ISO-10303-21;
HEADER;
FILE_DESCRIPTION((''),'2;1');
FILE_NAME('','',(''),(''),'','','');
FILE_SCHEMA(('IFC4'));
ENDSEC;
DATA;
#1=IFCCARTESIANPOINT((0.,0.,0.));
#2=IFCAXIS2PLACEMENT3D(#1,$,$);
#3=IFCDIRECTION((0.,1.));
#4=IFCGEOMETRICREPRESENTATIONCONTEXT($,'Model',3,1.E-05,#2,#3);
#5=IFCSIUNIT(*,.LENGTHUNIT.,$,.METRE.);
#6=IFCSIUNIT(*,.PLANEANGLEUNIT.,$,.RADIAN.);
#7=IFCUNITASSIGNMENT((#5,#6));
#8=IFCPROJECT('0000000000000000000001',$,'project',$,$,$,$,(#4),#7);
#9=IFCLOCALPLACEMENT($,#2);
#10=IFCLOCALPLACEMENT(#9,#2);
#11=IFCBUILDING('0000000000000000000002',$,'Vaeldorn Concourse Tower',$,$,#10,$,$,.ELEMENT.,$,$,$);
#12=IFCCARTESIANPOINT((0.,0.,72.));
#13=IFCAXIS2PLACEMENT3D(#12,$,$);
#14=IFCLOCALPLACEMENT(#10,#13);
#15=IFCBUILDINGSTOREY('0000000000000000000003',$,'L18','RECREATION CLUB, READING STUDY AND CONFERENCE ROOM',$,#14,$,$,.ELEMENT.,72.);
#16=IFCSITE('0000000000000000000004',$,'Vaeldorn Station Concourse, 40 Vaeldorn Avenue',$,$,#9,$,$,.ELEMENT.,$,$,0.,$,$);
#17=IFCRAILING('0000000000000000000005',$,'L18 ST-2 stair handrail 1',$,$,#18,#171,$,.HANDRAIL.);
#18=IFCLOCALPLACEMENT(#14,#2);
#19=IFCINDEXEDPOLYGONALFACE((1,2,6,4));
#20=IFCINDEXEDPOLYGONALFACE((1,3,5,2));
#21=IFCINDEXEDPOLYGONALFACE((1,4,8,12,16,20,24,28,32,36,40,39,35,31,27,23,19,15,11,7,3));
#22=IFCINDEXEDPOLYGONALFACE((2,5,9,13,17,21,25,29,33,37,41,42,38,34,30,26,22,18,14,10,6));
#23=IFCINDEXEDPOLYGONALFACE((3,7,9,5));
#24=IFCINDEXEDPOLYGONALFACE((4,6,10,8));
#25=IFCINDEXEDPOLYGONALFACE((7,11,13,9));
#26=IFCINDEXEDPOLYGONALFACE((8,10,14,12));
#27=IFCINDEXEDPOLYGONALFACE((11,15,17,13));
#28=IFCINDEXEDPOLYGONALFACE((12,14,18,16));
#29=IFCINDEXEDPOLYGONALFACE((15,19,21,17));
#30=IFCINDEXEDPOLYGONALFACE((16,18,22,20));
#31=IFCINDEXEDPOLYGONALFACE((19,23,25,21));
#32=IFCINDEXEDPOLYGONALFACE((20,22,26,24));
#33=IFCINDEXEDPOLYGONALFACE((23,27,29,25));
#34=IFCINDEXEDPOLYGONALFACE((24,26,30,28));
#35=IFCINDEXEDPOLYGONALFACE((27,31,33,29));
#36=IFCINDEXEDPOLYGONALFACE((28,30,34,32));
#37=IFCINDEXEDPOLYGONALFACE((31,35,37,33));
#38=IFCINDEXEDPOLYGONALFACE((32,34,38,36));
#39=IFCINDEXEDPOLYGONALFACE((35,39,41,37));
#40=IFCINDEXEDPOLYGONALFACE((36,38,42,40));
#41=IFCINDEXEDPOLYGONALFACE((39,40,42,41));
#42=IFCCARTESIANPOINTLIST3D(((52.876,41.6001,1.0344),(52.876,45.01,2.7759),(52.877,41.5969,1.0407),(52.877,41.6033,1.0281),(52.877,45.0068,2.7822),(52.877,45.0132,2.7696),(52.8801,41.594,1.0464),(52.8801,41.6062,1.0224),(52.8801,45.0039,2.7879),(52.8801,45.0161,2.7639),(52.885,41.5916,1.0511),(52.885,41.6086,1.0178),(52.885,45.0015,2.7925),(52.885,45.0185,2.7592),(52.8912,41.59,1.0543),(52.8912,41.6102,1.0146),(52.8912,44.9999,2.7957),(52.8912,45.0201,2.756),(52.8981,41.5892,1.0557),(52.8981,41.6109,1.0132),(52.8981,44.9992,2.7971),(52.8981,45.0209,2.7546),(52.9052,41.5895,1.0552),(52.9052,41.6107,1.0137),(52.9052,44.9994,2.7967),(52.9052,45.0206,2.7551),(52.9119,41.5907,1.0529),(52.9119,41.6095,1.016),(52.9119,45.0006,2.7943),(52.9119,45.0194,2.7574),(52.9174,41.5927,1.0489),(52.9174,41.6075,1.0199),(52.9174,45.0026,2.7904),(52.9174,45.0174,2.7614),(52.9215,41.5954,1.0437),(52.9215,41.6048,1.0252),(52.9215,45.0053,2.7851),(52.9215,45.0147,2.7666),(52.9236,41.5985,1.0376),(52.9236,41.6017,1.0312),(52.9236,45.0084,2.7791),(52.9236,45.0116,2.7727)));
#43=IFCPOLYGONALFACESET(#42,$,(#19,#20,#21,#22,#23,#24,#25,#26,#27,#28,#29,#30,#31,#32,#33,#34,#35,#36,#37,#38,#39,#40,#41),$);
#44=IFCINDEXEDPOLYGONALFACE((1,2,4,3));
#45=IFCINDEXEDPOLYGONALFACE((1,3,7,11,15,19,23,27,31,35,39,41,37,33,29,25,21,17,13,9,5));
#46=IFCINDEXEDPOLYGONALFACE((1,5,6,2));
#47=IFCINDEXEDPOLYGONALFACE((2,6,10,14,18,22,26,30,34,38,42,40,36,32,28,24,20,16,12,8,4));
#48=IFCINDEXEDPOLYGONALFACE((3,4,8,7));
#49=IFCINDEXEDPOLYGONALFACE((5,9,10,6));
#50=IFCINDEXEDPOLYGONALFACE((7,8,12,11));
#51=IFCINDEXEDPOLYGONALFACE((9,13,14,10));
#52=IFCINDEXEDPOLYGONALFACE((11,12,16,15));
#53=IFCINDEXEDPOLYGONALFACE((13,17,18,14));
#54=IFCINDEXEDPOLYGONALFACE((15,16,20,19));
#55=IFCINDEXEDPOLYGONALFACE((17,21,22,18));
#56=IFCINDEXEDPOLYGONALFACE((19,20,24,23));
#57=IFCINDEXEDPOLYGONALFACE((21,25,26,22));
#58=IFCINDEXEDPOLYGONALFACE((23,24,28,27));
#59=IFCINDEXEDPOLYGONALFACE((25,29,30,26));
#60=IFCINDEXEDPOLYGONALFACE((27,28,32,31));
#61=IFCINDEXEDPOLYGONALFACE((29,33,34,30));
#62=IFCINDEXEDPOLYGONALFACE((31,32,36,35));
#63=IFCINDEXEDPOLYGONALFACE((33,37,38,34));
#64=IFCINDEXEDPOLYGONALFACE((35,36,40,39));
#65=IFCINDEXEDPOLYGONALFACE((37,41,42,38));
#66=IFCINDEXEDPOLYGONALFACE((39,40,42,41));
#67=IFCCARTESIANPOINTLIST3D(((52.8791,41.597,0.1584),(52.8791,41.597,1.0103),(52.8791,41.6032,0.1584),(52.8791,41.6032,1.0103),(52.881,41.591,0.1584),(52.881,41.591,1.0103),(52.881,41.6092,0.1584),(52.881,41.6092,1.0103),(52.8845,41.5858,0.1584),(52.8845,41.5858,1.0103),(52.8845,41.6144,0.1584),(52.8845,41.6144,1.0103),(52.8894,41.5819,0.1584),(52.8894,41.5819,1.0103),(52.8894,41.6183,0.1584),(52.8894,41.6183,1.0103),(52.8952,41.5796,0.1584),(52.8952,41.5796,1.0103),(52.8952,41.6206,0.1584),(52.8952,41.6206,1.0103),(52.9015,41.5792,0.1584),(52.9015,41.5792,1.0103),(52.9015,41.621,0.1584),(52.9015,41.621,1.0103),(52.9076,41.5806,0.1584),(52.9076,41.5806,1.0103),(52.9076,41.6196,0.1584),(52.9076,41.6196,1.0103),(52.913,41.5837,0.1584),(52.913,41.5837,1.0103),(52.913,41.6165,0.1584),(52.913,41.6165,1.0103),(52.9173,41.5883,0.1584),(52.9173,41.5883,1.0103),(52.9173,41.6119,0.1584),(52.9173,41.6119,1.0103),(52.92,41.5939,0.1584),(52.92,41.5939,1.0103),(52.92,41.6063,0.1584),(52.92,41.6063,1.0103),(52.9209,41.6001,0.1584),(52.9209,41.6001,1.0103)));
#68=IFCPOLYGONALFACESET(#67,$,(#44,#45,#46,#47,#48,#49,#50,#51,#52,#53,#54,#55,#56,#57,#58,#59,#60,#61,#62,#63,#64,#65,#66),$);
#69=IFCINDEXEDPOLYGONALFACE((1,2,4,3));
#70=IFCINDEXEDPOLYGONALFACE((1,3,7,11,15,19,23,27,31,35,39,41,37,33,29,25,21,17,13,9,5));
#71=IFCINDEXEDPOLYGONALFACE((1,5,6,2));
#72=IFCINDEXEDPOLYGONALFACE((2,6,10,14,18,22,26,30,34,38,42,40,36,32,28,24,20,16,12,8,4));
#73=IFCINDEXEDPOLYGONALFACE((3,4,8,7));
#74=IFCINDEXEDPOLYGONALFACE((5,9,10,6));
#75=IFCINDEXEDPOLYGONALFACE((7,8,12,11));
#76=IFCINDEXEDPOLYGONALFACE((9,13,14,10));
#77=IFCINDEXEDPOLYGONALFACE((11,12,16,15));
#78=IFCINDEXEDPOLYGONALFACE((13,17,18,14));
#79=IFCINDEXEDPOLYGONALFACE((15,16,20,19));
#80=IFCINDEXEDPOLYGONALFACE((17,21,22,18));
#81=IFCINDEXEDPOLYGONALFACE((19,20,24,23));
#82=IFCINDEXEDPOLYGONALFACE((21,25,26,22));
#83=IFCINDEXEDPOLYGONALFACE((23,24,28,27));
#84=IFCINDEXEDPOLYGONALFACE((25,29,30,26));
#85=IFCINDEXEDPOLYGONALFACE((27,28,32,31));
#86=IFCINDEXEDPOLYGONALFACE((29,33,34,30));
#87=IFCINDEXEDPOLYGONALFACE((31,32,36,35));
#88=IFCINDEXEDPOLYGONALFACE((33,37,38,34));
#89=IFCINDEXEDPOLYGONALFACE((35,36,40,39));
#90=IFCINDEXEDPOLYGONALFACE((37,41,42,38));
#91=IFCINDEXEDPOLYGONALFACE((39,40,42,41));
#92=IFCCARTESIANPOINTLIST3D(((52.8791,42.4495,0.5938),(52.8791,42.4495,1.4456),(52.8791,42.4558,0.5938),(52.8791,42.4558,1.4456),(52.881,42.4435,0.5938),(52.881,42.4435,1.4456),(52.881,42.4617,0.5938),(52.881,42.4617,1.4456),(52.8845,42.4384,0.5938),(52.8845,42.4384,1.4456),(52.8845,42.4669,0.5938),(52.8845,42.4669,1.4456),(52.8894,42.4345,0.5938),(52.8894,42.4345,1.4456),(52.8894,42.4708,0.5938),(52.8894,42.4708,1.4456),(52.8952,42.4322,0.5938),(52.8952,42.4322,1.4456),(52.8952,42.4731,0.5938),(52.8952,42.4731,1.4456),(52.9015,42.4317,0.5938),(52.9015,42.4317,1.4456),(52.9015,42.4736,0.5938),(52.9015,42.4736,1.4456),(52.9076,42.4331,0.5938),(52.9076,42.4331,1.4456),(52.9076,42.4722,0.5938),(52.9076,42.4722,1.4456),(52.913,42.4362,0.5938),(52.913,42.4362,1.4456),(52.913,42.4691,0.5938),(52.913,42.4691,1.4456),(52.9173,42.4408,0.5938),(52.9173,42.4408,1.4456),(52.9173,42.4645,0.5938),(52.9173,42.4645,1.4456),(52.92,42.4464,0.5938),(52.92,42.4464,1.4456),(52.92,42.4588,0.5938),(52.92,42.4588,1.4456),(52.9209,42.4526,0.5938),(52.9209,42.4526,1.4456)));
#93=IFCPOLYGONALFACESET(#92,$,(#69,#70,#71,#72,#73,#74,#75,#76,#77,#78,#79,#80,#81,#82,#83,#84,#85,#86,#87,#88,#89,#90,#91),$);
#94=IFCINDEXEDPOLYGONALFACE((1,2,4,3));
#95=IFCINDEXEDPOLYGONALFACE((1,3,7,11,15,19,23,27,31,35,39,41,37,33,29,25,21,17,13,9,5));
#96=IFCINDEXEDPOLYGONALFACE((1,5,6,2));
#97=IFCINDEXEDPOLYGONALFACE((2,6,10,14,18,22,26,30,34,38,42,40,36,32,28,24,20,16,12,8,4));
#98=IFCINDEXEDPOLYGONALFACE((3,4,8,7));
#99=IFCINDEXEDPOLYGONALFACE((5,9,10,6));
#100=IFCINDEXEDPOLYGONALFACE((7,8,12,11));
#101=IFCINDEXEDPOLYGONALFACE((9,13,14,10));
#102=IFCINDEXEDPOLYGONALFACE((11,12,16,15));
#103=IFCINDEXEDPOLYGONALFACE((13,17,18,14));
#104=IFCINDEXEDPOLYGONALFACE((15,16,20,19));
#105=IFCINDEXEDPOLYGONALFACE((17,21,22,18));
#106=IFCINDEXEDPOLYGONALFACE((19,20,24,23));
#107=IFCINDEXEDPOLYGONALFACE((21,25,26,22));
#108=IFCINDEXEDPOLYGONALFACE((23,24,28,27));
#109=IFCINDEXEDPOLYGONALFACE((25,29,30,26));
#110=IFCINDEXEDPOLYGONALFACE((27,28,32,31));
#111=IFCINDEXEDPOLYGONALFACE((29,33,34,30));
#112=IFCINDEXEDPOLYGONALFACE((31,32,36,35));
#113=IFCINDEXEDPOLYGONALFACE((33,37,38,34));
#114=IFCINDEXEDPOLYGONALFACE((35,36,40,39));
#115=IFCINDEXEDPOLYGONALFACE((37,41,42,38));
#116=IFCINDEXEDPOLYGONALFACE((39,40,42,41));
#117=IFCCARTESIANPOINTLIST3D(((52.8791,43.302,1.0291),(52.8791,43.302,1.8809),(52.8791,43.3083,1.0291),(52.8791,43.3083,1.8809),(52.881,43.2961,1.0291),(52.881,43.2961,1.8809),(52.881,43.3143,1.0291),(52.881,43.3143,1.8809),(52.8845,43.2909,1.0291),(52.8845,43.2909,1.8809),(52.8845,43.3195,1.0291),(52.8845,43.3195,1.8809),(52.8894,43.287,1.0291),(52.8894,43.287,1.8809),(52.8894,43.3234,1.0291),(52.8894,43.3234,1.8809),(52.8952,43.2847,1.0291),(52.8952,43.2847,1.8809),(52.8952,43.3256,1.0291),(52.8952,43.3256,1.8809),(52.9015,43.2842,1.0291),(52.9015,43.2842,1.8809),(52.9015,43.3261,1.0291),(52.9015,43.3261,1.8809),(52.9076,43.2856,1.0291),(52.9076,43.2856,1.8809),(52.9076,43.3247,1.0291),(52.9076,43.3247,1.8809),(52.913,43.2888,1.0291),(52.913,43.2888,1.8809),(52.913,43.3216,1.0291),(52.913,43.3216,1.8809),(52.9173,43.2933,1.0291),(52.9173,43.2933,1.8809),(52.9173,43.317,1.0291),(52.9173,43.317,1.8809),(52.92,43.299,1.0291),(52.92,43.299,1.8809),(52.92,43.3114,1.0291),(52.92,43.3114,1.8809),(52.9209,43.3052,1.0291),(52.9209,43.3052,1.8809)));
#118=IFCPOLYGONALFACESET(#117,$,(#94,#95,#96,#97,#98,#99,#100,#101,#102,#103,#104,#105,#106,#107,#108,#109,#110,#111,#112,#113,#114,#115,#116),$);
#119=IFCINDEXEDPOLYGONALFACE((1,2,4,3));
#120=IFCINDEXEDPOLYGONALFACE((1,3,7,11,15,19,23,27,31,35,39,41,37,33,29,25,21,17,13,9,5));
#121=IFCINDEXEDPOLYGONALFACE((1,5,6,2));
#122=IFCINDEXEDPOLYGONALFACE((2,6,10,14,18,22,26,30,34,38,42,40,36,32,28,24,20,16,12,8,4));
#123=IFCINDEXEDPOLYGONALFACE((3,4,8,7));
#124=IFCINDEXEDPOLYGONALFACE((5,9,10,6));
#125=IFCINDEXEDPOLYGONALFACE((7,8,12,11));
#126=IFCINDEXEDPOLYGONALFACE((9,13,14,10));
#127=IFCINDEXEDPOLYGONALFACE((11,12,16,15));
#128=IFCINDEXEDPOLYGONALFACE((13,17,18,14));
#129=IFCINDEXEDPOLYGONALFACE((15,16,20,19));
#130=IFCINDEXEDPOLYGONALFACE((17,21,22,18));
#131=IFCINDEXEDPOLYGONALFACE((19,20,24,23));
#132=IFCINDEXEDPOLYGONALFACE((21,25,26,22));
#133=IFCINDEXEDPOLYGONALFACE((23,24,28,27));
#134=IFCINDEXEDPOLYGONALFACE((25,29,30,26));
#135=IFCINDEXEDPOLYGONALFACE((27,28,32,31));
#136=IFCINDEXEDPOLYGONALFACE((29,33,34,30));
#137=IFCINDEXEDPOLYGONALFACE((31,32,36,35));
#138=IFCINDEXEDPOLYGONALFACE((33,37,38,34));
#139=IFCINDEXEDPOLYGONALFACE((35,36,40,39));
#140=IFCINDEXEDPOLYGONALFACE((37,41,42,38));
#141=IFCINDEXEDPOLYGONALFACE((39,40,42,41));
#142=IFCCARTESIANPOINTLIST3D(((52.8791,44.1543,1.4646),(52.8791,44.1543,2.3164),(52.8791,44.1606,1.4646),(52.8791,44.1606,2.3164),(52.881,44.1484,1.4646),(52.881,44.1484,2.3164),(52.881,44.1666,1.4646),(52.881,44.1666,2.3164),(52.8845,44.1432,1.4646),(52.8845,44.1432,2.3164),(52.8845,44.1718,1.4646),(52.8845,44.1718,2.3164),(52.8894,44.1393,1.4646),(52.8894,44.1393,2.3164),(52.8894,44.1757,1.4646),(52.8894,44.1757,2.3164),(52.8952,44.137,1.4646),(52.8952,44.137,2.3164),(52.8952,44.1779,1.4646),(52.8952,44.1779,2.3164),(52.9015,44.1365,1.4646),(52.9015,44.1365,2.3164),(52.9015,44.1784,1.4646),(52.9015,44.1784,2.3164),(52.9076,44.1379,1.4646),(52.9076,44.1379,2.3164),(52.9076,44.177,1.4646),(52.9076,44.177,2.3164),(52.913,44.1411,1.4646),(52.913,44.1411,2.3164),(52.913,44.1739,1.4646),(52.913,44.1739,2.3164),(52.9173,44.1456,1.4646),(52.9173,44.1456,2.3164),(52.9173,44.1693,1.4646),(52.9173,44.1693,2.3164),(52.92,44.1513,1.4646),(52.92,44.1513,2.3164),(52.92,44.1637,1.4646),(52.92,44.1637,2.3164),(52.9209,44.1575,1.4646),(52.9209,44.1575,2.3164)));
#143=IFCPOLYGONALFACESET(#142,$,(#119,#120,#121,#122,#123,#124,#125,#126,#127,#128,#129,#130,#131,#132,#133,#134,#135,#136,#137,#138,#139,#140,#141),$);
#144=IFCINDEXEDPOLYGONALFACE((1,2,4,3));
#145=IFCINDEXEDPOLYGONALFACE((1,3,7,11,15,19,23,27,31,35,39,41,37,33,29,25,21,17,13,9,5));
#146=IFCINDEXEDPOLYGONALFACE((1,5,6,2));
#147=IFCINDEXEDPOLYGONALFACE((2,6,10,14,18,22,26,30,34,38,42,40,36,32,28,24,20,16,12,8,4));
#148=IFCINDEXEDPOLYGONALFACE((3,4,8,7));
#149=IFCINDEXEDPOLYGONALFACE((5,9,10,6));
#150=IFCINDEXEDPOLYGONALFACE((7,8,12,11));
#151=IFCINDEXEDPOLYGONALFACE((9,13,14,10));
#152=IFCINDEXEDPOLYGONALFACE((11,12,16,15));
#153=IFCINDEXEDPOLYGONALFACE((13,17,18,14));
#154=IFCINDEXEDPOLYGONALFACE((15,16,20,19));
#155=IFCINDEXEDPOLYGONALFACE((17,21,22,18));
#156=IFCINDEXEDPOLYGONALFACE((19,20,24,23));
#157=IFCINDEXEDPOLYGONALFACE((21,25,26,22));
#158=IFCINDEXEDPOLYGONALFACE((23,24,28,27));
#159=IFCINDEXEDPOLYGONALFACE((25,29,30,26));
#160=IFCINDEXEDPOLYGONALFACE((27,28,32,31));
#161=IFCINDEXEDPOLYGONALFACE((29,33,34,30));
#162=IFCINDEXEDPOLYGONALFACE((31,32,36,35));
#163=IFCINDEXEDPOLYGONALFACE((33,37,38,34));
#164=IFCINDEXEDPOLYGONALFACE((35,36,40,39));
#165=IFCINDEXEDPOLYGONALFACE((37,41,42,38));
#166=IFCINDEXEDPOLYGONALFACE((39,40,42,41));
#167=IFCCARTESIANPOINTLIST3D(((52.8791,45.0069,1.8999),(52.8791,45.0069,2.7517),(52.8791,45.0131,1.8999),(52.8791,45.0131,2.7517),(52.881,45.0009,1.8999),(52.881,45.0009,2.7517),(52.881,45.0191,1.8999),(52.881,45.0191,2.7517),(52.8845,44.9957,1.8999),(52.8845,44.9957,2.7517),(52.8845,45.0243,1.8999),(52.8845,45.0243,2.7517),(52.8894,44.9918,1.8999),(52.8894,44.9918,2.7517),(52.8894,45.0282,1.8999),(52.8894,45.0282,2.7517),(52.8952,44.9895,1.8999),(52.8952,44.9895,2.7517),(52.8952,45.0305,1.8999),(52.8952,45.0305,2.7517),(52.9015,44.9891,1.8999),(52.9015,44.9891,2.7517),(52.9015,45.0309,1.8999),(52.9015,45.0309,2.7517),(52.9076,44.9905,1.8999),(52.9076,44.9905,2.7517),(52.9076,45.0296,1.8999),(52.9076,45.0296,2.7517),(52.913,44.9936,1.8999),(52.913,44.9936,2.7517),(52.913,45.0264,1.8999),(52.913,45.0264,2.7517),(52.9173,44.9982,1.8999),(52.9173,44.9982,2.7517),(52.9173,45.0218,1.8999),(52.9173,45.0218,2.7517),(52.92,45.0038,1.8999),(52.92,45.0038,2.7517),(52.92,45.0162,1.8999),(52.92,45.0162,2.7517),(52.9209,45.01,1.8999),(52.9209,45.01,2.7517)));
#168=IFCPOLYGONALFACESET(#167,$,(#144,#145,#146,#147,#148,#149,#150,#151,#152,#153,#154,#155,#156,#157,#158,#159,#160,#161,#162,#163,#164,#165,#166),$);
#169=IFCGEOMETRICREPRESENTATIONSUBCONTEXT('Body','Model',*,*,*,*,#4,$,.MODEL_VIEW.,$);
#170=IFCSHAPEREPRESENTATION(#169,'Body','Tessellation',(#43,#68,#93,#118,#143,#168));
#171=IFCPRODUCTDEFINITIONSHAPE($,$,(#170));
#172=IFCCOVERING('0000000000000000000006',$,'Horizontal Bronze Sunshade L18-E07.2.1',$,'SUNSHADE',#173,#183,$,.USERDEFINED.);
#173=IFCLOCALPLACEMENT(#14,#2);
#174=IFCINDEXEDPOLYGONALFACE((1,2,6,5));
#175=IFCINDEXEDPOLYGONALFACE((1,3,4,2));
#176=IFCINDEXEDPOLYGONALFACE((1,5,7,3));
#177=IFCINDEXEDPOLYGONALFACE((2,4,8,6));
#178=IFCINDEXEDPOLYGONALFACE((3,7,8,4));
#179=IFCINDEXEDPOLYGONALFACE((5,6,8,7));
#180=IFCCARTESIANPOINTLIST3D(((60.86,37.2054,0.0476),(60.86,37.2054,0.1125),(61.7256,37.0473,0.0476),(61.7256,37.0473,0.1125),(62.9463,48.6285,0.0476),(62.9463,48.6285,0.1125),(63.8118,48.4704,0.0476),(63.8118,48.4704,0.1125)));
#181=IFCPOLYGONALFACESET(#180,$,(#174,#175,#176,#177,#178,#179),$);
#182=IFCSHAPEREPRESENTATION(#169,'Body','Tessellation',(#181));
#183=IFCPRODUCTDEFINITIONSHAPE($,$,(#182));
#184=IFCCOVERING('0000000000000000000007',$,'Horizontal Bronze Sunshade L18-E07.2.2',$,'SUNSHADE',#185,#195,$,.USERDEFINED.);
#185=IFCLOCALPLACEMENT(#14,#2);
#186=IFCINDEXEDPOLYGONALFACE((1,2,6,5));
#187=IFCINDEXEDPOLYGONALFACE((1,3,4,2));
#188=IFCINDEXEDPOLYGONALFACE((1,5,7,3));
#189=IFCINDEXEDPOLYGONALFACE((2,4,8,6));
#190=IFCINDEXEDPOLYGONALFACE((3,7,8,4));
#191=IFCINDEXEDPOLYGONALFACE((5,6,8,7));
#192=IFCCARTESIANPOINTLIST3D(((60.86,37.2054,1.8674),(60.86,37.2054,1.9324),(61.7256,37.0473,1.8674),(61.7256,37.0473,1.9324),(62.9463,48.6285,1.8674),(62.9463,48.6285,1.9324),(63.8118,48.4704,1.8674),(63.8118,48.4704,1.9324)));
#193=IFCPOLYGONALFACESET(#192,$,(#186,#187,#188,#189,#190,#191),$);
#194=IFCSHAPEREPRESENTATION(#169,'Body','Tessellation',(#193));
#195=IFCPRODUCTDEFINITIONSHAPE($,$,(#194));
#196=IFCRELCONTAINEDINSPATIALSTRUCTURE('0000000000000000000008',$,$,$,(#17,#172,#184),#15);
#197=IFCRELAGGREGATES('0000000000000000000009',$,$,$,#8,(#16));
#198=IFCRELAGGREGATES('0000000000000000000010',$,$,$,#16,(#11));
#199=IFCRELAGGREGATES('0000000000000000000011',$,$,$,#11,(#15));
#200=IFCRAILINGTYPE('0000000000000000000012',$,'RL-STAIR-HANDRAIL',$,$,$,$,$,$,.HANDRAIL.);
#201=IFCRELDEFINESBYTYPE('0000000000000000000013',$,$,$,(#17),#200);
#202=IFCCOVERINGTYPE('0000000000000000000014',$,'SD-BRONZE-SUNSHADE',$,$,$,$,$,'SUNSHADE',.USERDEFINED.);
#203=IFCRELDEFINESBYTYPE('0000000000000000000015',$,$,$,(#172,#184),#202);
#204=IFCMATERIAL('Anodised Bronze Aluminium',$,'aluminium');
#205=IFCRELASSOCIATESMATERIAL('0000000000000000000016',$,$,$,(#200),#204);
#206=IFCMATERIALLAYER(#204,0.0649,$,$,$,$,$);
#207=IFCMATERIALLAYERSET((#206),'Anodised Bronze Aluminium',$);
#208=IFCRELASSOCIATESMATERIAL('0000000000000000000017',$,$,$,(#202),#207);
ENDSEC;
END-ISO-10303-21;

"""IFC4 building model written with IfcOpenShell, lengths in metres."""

from ifc_helpers import new_model, si_unit, direction, frame, origin, origin_2d, place, context, subcontext, project, spatial, rectangle, circle, extrude, source, transform, mapped, material, layer, layer_set, type_object, element, save


model = new_model("IFC4")

# Units and contexts
model_context = context("Model", 3, precision=1e-05, world=origin(), true_north=direction((0.0, 1.0)))
body_context = subcontext(model_context, "Body", "Model", "MODEL_VIEW")
ifc_project = project(units=[si_unit("LENGTHUNIT", "METRE"), si_unit("PLANEANGLEUNIT", "RADIAN")], contexts=[model_context])

# Site, building, storey
site_placement = place(None, origin())
site = spatial("IfcSite", under=ifc_project, at=site_placement, Name="Vaeldorn Station Concourse, 40 Vaeldorn Avenue", CompositionType="ELEMENT", RefElevation=0.0)
building_placement = place(site_placement, origin())
building = spatial("IfcBuilding", under=site, at=building_placement, Name="Vaeldorn Concourse Tower", CompositionType="ELEMENT")
storey_placement = place(building_placement, frame((0.0, 0.0, 72.0)))
storey = spatial("IfcBuildingStorey", under=building, at=storey_placement, Name="L18", Description="RECREATION CLUB, READING STUDY AND CONFERENCE ROOM", CompositionType="ELEMENT", Elevation=72.0)

# Shared definitions
ifc_material_1 = material(Name="Anodised Bronze Aluminium", Category="aluminium")

# Railing
railing_type_1 = type_object("IfcRailingType", Name="RL-STAIR-HANDRAIL", PredefinedType="HANDRAIL", material=ifc_material_1)
railing_1_placement = place(storey_placement, frame((52.8999, 41.6001, 0.1584)))
element("IfcRailing", 1, at=railing_1_placement, inside=storey, type_object=railing_type_1, Name="L18 ST-2 stair handrail 1", PredefinedType="HANDRAIL", context=body_context, shape_type="SweptSolid", body=[
    extrude(circle(Radius=0.0239, at=origin_2d()), frame((0.0, 0.0, 0.876), z_axis=(0.0, 0.890582, 0.454823), x_axis=(-1.0, 0.0, 0.0)), (0.0, 0.0, 1.0), 3.8289),
    extrude(circle(Radius=0.021, at=origin_2d()), origin(), (0.0, 0.0, 1.0), 0.8518),
    extrude(circle(Radius=0.021, at=origin_2d()), frame((0.0, 0.8525, 0.4353)), (0.0, 0.0, 1.0), 0.8518),
    extrude(circle(Radius=0.021, at=origin_2d()), frame((0.0, 1.7051, 0.8706)), (0.0, 0.0, 1.0), 0.8518),
    extrude(circle(Radius=0.021, at=origin_2d()), frame((0.0, 2.5574, 1.3062)), (0.0, 0.0, 1.0), 0.8518),
    extrude(circle(Radius=0.021, at=origin_2d()), frame((0.0, 3.4099, 1.7415)), (0.0, 0.0, 1.0), 0.8518),
])

# Coverings
ifc_layer_1 = layer(ifc_material_1, 0.0649)
ifc_layer_set_1 = layer_set([ifc_layer_1], Name="Anodised Bronze Aluminium")
covering_type = type_object("IfcCoveringType", Name="SD-BRONZE-SUNSHADE", ElementType="SUNSHADE", PredefinedType="USERDEFINED", material=ifc_layer_set_1)
shared_shape_1 = source(origin(), body_context, "Body", "SweptSolid", [
    extrude(rectangle(XDim=11.6121, YDim=0.8799, at=origin_2d()), origin(), (0.0, 0.0, 1.0), 0.0649),
])
for number, where, z_axis, x_axis, name in (
    (2, (62.3359, 42.8379, 0.0476), (0.0, 0.0, 1.0), (0.179661, 0.983729, 0.0), "Horizontal Bronze Sunshade L18-E07.2.1"),
    (3, (62.3359, 42.8379, 1.8674), (0.0, 0.0, 1.0), (0.179661, 0.983729, 0.0), "Horizontal Bronze Sunshade L18-E07.2.2"),
):
    element("IfcCovering", number, at=place(storey_placement, frame(where, z_axis=z_axis, x_axis=x_axis)), inside=storey, type_object=covering_type, Name=name, ObjectType="SUNSHADE", PredefinedType="USERDEFINED", context=body_context, shape_type="MappedRepresentation", body=[
        mapped(shared_shape_1, transform((0.0, 0.0, 0.0), scale=1.0)),
    ])

save(model, "model.ifc")
